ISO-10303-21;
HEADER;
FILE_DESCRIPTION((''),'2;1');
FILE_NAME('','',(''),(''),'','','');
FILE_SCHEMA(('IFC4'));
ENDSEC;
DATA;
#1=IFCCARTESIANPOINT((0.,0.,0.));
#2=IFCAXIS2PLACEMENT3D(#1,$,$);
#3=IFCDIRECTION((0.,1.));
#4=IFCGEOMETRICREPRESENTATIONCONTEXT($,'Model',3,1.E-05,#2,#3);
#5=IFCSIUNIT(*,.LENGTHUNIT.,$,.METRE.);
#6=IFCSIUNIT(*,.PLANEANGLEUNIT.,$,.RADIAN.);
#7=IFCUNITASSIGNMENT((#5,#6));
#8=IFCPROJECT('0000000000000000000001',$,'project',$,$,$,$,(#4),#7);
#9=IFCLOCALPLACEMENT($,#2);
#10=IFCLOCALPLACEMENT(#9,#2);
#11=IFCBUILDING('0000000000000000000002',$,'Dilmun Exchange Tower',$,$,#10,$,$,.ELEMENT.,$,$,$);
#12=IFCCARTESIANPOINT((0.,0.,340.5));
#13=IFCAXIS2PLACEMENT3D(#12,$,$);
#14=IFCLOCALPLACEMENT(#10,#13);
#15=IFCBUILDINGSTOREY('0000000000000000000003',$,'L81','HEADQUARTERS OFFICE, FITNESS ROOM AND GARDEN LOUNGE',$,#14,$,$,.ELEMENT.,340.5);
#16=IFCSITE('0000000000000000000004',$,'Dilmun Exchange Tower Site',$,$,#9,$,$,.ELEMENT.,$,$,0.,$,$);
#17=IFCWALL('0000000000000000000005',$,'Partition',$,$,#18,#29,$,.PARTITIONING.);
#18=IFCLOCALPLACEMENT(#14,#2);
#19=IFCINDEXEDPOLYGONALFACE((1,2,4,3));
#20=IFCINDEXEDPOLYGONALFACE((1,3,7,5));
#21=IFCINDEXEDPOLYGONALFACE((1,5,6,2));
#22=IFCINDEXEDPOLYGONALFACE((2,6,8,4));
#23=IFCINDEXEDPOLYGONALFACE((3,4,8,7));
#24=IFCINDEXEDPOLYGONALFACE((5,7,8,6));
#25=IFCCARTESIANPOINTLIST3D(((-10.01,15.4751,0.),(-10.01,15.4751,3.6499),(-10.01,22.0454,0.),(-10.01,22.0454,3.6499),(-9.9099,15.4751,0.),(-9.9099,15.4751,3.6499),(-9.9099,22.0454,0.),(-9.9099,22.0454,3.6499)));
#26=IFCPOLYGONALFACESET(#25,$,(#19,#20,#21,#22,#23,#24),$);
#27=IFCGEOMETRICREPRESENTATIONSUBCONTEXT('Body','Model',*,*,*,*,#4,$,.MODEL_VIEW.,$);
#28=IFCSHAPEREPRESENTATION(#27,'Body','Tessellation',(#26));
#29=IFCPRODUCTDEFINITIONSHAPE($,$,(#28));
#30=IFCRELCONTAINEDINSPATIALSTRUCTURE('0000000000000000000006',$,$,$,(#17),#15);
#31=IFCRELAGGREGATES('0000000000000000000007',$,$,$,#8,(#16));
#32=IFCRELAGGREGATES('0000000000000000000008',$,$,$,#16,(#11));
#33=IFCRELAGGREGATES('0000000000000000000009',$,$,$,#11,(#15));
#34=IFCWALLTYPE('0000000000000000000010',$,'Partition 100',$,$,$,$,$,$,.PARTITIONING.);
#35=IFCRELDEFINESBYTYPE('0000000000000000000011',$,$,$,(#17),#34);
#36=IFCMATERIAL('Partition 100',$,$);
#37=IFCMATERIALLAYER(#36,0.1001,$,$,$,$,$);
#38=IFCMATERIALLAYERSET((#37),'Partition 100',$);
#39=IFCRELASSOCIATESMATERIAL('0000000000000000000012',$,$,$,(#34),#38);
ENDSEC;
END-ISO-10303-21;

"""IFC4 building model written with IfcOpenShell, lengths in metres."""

from ifc_helpers import new_model, si_unit, direction, frame, frame_2d, origin, place, context, subcontext, project, spatial, rectangle, extrude, material, layer, layer_set, type_object, element, save


model = new_model("IFC4")

# Units and contexts
model_context = context("Model", 3, precision=1e-05, world=origin(), true_north=direction((0.0, 1.0)))
body_context = subcontext(model_context, "Body", "Model", "MODEL_VIEW")
ifc_project = project(units=[si_unit("LENGTHUNIT", "METRE"), si_unit("PLANEANGLEUNIT", "RADIAN")], contexts=[model_context])

# Site, building, storey
site_placement = place(None, origin())
site = spatial("IfcSite", under=ifc_project, at=site_placement, Name="Dilmun Exchange Tower Site", CompositionType="ELEMENT", RefElevation=0.0)
building_placement = place(site_placement, origin())
building = spatial("IfcBuilding", under=site, at=building_placement, Name="Dilmun Exchange Tower", CompositionType="ELEMENT")
storey_placement = place(building_placement, frame((0.0, 0.0, 340.5)))
storey = spatial("IfcBuildingStorey", under=building, at=storey_placement, Name="L81", Description="HEADQUARTERS OFFICE, FITNESS ROOM AND GARDEN LOUNGE", CompositionType="ELEMENT", Elevation=340.5)

# Wall
ifc_material_1 = material(Name="Partition 100")
ifc_layer_1 = layer(ifc_material_1, 0.1001)
ifc_layer_set_1 = layer_set([ifc_layer_1], Name="Partition 100")
wall_type_1 = type_object("IfcWallType", Name="Partition 100", PredefinedType="PARTITIONING", material=ifc_layer_set_1)
wall_1_placement = place(storey_placement, frame((-9.96, 15.4751, 0.0), z_axis=(0.0, 0.0, 1.0), x_axis=(0.0, 1.0, 0.0)))
element("IfcWall", 1, at=wall_1_placement, inside=storey, type_object=wall_type_1, Name="Partition", PredefinedType="PARTITIONING", context=body_context, shape_type="SweptSolid", body=[
    extrude(rectangle(XDim=6.5703, YDim=0.1001, at=frame_2d((3.2852, 0.0))), origin(), (0.0, 0.0, 1.0), 3.6499),
])

save(model, "model.ifc")
